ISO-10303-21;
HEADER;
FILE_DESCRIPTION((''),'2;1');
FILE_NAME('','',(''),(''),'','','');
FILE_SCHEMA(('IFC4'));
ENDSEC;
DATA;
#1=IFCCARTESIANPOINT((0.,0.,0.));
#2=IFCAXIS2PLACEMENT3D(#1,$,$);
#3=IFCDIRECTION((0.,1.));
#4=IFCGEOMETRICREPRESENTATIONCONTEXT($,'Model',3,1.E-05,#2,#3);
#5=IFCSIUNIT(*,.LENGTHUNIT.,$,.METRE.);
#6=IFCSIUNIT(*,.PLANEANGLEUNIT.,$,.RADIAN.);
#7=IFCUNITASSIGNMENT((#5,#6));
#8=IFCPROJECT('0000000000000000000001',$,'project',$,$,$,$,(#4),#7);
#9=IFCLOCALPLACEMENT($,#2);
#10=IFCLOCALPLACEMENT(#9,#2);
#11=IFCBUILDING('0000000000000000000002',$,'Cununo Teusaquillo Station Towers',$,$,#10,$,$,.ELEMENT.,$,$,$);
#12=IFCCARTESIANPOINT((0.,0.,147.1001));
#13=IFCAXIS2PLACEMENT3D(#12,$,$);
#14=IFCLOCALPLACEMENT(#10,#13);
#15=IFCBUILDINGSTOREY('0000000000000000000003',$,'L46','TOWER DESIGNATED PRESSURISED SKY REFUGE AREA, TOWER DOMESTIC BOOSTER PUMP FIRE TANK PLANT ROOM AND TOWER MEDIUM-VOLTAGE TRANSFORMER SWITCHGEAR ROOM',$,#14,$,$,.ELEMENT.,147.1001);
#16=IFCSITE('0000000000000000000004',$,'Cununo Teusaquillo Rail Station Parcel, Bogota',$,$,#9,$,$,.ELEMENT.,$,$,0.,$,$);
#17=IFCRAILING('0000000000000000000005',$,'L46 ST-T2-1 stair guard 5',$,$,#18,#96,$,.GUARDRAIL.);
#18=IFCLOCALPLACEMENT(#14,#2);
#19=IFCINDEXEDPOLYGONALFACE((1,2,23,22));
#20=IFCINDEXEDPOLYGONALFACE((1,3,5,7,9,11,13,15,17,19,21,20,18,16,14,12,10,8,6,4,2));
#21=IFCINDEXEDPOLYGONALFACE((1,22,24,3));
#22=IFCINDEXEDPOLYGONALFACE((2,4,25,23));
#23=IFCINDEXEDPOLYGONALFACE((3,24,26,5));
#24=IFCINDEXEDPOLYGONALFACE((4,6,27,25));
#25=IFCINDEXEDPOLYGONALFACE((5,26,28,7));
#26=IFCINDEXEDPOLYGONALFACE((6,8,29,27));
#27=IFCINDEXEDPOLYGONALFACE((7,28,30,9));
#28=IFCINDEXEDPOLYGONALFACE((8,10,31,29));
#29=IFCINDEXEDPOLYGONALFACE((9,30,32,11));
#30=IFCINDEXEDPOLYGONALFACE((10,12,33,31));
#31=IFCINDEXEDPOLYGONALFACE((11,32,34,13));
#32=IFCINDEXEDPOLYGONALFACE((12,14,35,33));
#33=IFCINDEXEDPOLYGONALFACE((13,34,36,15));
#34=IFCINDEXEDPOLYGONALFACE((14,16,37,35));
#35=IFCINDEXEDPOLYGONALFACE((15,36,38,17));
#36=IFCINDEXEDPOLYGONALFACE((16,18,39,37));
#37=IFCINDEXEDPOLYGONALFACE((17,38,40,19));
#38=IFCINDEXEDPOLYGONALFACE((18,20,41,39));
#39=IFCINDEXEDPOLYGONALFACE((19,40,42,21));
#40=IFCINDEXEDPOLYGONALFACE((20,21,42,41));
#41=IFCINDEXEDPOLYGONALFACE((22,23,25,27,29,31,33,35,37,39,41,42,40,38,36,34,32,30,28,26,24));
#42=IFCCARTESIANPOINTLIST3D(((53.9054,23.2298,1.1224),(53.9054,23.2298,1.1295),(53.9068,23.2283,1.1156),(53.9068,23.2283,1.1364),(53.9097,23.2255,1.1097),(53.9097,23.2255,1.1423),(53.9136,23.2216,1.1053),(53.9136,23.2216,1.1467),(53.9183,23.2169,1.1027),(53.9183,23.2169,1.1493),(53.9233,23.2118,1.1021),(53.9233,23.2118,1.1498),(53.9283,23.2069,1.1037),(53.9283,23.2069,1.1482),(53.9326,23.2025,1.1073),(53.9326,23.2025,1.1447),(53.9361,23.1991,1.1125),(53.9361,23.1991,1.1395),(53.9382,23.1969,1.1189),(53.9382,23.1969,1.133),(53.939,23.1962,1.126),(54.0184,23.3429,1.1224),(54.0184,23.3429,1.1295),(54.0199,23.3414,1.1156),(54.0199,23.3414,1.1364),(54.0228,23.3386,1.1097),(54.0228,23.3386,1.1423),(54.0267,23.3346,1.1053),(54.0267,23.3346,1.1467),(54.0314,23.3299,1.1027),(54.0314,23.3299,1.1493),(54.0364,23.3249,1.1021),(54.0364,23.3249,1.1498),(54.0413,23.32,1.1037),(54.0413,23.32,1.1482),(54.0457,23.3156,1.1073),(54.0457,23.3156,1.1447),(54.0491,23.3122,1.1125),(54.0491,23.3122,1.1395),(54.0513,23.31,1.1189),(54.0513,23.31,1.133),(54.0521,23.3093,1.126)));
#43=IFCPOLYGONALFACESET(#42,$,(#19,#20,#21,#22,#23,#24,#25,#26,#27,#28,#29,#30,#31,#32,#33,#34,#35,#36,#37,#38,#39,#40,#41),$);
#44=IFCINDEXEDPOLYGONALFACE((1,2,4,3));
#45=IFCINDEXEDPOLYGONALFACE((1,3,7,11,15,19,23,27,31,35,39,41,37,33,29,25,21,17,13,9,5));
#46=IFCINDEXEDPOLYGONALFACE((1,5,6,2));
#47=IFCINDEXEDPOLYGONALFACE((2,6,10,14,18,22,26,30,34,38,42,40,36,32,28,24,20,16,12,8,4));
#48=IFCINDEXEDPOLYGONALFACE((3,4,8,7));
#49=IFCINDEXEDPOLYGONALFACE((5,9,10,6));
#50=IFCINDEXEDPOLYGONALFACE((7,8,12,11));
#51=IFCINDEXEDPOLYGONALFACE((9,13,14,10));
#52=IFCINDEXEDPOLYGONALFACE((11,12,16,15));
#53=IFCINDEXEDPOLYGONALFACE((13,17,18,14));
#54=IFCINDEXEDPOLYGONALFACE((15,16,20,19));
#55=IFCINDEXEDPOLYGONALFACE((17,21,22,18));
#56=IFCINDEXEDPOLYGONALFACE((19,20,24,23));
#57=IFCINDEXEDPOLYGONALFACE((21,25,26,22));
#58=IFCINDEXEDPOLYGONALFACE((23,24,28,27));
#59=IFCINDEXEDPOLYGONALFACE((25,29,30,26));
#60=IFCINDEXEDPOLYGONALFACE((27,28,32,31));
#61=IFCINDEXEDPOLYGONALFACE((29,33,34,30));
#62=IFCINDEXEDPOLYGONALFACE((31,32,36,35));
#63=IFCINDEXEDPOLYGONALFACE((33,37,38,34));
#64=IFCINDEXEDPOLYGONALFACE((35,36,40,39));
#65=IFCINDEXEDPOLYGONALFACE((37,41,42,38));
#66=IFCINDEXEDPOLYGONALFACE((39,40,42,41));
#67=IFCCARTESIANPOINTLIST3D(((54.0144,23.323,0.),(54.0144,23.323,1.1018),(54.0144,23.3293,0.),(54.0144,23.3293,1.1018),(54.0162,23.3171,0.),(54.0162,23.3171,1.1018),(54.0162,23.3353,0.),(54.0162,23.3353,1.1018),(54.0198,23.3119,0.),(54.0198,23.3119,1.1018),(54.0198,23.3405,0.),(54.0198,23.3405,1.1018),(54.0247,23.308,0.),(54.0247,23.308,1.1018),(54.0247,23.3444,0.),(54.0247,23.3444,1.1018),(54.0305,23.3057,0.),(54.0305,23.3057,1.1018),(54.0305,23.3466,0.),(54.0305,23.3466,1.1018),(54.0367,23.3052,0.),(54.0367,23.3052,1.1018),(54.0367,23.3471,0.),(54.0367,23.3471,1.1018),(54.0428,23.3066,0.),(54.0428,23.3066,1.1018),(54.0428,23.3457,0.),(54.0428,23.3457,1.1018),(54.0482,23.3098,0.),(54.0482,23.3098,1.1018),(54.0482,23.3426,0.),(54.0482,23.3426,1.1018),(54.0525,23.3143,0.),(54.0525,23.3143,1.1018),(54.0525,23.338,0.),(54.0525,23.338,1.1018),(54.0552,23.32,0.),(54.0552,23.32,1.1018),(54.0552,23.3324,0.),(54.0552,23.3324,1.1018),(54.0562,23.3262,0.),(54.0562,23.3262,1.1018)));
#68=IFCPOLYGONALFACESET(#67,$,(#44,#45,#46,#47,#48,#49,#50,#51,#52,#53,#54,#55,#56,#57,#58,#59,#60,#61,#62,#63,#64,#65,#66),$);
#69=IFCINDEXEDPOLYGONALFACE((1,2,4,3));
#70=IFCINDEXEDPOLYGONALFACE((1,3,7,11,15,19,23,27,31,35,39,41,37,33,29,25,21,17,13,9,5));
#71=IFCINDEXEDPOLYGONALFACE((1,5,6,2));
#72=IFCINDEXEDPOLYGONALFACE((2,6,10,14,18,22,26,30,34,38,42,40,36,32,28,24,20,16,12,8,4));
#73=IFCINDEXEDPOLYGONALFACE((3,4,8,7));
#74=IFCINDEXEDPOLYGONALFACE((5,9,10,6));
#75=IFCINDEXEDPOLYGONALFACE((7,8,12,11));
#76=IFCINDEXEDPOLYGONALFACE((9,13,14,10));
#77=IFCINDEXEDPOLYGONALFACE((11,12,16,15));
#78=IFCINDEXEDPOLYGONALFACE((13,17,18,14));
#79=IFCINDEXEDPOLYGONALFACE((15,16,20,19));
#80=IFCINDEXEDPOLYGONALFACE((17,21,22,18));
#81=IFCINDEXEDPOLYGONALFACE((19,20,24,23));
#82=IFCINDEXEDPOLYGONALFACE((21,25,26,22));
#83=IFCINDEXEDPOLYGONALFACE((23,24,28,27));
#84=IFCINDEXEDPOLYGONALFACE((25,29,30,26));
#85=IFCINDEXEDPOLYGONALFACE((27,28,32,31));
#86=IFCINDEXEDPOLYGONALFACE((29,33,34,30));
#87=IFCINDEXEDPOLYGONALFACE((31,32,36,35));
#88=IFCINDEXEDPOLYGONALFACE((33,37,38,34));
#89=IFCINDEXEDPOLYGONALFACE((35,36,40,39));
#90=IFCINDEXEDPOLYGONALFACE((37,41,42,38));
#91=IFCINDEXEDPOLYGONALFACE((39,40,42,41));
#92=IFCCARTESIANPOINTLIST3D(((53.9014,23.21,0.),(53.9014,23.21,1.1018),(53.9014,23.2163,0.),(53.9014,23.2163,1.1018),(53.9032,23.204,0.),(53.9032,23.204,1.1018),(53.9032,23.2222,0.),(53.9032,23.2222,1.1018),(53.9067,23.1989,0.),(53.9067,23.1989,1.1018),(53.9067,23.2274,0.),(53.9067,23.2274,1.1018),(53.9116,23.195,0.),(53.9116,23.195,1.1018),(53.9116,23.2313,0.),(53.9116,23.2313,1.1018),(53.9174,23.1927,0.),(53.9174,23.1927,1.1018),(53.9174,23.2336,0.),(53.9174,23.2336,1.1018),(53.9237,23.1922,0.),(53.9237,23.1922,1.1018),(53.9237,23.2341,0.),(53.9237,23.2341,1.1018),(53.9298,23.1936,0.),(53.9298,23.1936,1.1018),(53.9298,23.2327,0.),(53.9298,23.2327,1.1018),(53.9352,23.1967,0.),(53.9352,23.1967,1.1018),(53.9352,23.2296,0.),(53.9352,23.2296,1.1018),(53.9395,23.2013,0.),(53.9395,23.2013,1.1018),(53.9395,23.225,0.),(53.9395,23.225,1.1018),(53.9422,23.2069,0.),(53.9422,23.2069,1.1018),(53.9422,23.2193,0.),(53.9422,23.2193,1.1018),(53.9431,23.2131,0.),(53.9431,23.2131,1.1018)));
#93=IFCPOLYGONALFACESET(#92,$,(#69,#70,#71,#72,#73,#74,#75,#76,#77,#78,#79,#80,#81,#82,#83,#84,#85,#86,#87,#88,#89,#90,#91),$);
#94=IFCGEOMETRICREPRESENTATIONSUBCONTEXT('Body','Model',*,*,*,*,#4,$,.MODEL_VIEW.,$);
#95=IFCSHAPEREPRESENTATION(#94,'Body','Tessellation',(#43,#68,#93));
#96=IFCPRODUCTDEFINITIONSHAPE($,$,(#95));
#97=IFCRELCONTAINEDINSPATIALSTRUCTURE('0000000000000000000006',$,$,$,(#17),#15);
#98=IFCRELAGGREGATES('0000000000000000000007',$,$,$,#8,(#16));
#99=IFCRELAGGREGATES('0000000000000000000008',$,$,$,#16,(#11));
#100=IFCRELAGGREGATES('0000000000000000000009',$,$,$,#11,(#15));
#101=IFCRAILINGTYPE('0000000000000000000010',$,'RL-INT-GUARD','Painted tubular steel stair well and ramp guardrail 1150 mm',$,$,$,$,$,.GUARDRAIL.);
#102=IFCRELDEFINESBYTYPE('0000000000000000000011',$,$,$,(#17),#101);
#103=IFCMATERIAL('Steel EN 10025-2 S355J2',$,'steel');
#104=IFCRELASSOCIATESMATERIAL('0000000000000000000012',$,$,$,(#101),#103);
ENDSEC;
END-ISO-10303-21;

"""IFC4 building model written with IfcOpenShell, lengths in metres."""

from ifc_helpers import new_model, si_unit, direction, frame, origin, origin_2d, place, context, subcontext, project, spatial, circle, extrude, material, type_object, element, save


model = new_model("IFC4")

# Units and contexts
model_context = context("Model", 3, precision=1e-05, world=origin(), true_north=direction((0.0, 1.0)))
body_context = subcontext(model_context, "Body", "Model", "MODEL_VIEW")
ifc_project = project(units=[si_unit("LENGTHUNIT", "METRE"), si_unit("PLANEANGLEUNIT", "RADIAN")], contexts=[model_context])

# Site, building, storey
site_placement = place(None, origin())
site = spatial("IfcSite", under=ifc_project, at=site_placement, Name="Cununo Teusaquillo Rail Station Parcel, Bogota", CompositionType="ELEMENT", RefElevation=0.0)
building_placement = place(site_placement, origin())
building = spatial("IfcBuilding", under=site, at=building_placement, Name="Cununo Teusaquillo Station Towers", CompositionType="ELEMENT")
storey_placement = place(building_placement, frame((0.0, 0.0, 147.1001)))
storey = spatial("IfcBuildingStorey", under=building, at=storey_placement, Name="L46", Description="TOWER DESIGNATED PRESSURISED SKY REFUGE AREA, TOWER DOMESTIC BOOSTER PUMP FIRE TANK PLANT ROOM AND TOWER MEDIUM-VOLTAGE TRANSFORMER SWITCHGEAR ROOM", CompositionType="ELEMENT", Elevation=147.1001)

# Railing
ifc_material_1 = material(Name="Steel EN 10025-2 S355J2", Category="steel")
railing_type_1 = type_object("IfcRailingType", Name="RL-INT-GUARD", Description="Painted tubular steel stair well and ramp guardrail 1150 mm", PredefinedType="GUARDRAIL", material=ifc_material_1)
railing_1_placement = place(storey_placement, frame((54.0352, 23.3262, 0.0)))
element("IfcRailing", 1, at=railing_1_placement, inside=storey, type_object=railing_type_1, Name="L46 ST-T2-1 stair guard 5", PredefinedType="GUARDRAIL", context=body_context, shape_type="SweptSolid", body=[
    extrude(circle(Radius=0.0239, at=origin_2d()), frame((0.0, 0.0, 1.126), z_axis=(-0.707107, -0.707107, 0.0), x_axis=(0.707107, -0.707107, 0.0)), (0.0, 0.0, 1.0), 0.1599),
    extrude(circle(Radius=0.021, at=origin_2d()), origin(), (0.0, 0.0, 1.0), 1.1018),
    extrude(circle(Radius=0.021, at=origin_2d()), frame((-0.113, -0.113, 0.0)), (0.0, 0.0, 1.0), 1.1018),
])

save(model, "model.ifc")
